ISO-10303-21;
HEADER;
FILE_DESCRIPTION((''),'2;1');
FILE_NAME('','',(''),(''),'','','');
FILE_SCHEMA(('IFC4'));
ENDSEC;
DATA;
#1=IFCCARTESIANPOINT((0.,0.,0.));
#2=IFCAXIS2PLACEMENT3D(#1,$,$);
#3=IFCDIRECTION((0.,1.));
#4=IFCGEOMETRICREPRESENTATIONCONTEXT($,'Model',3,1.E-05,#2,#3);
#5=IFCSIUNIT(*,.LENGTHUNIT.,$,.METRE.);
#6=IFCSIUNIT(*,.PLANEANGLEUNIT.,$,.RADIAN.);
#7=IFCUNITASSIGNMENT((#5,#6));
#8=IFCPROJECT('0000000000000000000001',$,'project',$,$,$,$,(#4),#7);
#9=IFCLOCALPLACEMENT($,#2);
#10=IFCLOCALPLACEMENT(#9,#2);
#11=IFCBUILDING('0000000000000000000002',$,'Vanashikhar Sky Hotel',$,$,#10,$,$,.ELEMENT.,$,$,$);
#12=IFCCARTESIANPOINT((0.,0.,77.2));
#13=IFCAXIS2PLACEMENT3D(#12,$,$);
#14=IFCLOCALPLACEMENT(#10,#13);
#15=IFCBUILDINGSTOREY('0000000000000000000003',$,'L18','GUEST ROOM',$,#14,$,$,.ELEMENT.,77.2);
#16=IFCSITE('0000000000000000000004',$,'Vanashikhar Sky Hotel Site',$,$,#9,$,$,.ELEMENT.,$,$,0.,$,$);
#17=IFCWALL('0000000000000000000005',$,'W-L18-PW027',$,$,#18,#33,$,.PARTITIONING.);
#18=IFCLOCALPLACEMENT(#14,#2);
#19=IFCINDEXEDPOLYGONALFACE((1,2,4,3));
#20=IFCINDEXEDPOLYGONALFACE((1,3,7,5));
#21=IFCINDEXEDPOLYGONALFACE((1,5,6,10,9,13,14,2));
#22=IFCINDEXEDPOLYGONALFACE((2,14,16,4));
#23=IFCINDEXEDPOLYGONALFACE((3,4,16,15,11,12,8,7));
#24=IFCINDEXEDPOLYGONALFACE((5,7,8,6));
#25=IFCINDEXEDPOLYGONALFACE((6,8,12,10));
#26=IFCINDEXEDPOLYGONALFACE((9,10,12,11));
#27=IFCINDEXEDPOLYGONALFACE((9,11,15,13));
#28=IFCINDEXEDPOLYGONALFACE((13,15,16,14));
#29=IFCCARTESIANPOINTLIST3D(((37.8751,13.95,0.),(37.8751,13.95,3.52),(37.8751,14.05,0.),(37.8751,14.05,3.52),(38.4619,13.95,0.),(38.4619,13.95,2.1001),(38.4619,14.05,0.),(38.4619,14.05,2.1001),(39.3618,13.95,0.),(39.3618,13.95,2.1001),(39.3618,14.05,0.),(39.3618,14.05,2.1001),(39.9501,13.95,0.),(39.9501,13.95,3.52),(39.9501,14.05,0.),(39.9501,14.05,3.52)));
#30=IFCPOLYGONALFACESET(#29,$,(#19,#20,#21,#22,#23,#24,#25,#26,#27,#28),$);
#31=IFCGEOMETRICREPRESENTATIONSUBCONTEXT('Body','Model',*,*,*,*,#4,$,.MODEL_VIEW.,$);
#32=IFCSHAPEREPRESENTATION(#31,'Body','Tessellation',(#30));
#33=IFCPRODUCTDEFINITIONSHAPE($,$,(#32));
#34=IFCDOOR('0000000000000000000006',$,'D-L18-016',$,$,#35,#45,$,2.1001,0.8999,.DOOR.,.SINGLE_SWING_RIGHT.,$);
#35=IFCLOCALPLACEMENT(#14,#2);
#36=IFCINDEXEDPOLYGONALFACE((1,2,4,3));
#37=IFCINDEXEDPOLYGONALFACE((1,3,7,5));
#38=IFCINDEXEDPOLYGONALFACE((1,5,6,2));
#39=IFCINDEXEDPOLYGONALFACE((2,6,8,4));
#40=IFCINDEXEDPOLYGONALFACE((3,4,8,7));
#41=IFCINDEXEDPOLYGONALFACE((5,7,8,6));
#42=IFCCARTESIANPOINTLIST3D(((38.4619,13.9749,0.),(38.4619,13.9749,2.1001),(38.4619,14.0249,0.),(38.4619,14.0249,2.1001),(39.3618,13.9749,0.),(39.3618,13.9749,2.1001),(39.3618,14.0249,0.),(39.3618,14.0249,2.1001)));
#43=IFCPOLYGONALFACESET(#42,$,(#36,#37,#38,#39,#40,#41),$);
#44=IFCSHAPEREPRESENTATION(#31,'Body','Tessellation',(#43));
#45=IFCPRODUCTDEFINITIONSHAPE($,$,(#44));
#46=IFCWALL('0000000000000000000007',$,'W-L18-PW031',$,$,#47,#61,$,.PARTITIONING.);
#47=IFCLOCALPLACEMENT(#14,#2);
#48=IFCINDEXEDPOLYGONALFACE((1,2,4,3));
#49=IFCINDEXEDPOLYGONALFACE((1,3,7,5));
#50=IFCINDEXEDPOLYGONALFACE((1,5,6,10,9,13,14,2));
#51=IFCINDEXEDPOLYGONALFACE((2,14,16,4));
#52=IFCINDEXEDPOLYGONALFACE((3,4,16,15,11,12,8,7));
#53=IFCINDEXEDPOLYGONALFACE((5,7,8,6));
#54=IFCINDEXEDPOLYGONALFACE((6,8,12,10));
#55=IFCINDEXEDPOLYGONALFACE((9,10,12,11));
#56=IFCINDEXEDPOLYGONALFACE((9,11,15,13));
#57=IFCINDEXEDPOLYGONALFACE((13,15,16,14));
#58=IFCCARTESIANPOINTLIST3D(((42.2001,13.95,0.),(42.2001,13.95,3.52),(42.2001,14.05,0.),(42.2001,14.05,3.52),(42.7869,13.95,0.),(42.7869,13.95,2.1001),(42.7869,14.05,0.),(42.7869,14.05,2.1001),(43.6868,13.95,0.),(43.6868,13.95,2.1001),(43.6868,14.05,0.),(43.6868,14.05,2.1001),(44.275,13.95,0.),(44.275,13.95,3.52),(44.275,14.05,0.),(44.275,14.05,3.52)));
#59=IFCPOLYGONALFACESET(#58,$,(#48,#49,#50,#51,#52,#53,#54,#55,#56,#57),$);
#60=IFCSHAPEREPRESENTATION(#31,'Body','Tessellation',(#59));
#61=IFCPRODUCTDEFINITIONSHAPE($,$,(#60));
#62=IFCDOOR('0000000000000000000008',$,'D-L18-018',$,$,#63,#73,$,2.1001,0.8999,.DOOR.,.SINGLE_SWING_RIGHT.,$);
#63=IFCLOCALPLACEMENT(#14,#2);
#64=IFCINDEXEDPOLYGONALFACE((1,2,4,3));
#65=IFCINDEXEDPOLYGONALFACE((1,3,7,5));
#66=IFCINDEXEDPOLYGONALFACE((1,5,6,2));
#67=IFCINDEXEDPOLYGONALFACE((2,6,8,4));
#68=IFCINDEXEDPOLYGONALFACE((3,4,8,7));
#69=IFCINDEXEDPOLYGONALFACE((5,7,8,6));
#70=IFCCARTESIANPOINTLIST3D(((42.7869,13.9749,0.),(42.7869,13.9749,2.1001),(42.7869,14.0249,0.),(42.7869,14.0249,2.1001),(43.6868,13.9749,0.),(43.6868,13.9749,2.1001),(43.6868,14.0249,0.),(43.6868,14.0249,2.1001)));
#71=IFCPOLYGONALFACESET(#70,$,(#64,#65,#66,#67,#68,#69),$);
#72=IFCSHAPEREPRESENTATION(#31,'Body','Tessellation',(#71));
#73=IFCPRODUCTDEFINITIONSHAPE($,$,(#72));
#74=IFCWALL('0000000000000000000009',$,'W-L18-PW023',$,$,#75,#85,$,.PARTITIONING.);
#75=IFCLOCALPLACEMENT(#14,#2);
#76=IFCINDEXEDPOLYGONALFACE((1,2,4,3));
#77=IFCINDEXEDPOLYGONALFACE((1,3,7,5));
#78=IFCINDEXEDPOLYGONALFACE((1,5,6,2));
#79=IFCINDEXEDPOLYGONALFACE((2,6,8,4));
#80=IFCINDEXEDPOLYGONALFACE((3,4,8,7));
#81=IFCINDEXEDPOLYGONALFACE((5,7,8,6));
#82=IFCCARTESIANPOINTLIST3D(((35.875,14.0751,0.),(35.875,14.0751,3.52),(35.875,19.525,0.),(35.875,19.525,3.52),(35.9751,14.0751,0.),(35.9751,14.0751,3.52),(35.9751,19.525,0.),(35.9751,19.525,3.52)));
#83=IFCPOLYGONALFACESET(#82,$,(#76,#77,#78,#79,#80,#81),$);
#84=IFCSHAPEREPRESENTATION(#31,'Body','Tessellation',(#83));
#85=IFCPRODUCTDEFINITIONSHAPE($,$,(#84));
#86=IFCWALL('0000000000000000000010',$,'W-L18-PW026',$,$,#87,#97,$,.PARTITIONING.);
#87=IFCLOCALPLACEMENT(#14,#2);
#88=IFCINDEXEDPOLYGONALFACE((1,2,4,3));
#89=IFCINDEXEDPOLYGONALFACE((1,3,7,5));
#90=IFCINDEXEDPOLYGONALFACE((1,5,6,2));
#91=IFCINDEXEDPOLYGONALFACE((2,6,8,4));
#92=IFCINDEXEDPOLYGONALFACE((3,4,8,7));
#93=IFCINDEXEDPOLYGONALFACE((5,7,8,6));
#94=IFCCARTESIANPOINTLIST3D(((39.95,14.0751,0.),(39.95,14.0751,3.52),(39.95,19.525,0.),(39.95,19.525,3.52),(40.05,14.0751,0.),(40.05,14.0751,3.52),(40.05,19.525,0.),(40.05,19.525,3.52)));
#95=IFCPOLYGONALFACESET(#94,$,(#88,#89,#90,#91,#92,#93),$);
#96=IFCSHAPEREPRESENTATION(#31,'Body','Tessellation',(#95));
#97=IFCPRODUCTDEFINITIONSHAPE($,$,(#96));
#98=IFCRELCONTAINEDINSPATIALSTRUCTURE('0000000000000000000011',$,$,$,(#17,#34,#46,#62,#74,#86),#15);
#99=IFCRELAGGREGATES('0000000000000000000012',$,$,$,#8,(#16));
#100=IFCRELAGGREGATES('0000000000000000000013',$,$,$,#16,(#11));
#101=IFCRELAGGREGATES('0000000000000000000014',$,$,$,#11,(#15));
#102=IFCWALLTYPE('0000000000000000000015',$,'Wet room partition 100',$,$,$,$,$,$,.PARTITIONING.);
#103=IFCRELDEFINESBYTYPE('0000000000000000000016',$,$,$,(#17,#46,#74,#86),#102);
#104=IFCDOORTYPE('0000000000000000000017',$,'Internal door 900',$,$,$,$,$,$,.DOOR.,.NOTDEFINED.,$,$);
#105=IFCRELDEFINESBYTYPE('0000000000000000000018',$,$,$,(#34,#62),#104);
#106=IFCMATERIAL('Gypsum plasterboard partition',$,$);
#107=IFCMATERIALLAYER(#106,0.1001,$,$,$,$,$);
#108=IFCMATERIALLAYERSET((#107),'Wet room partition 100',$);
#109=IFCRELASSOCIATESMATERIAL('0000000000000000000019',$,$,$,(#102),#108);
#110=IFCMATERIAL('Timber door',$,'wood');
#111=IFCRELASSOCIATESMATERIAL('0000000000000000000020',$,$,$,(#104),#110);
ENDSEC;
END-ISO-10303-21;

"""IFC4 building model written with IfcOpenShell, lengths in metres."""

from ifc_helpers import new_model, si_unit, direction, frame, frame_2d, origin, place, context, subcontext, project, spatial, rectangle, extrude, source, transform, mapped, material, layer, layer_set, type_object, element, fill, save


model = new_model("IFC4")

# Units and contexts
model_context = context("Model", 3, precision=1e-05, world=origin(), true_north=direction((0.0, 1.0)))
body_context = subcontext(model_context, "Body", "Model", "MODEL_VIEW")
ifc_project = project(units=[si_unit("LENGTHUNIT", "METRE"), si_unit("PLANEANGLEUNIT", "RADIAN")], contexts=[model_context])

# Site, building, storey
site_placement = place(None, origin())
site = spatial("IfcSite", under=ifc_project, at=site_placement, Name="Vanashikhar Sky Hotel Site", CompositionType="ELEMENT", RefElevation=0.0)
building_placement = place(site_placement, origin())
building = spatial("IfcBuilding", under=site, at=building_placement, Name="Vanashikhar Sky Hotel", CompositionType="ELEMENT")
storey_placement = place(building_placement, frame((0.0, 0.0, 77.2)))
storey = spatial("IfcBuildingStorey", under=building, at=storey_placement, Name="L18", Description="GUEST ROOM", CompositionType="ELEMENT", Elevation=77.2)

# Shared definitions
ifc_material_1 = material(Name="Gypsum plasterboard partition")

# Walls, openings, doors
ifc_layer_1 = layer(ifc_material_1, 0.1001)
ifc_layer_set_1 = layer_set([ifc_layer_1], Name="Wet room partition 100")
wall_type_1 = type_object("IfcWallType", Name="Wet room partition 100", PredefinedType="PARTITIONING", material=ifc_layer_set_1)
shared_shape_1 = source(origin(), body_context, "Body", "SweptSolid", [
    extrude(rectangle(XDim=2.075, YDim=0.1001, at=frame_2d((1.0376, 0.0))), origin(), (0.0, 0.0, 1.0), 3.52),
])
shared_shape_2 = source(origin(), body_context, "Body", "SweptSolid", [
    extrude(rectangle(XDim=0.8999, YDim=2.1001, at=frame_2d((0.45, 1.05))), frame((0.0, 0.0601, 0.0), z_axis=(0.0, -1.0, 0.0), x_axis=(1.0, 0.0, 0.0)), (0.0, 0.0, 1.0), 0.1201),
])
ifc_material_2 = material(Name="Timber door", Category="wood")
door_type_1 = type_object("IfcDoorType", Name="Internal door 900", OperationType="NOTDEFINED", PredefinedType="DOOR", material=ifc_material_2)
shared_shape_3 = source(origin(), body_context, "Body", "SweptSolid", [
    extrude(rectangle(XDim=0.8999, YDim=2.1001, at=frame_2d((0.45, 1.05))), frame((0.0, 0.0249, 0.0), z_axis=(0.0, -1.0, 0.0), x_axis=(1.0, 0.0, 0.0)), (0.0, 0.0, 1.0), 0.05),
])
wall_1_placement = place(storey_placement, frame((37.875, 14.0, 0.0), z_axis=(0.0, 0.0, 1.0), x_axis=(1.0, 0.0, 0.0)))
wall_1 = element("IfcWall", 1, at=wall_1_placement, inside=storey, type_object=wall_type_1, Name="W-L18-PW027", PredefinedType="PARTITIONING", context=body_context, shape_type="MappedRepresentation", body=[
    mapped(shared_shape_1, transform((0.0, 0.0, 0.0), scale=1.0)),
])
opening_1_placement = place(wall_1_placement, frame((0.5869, 0.0, 0.0)))
opening_1 = element("IfcOpeningElement", 2, at=opening_1_placement, cuts=wall_1, PredefinedType="OPENING", context=body_context, shape_type="MappedRepresentation", body=[
    mapped(shared_shape_2, transform((0.0, 0.0, 0.0), scale=1.0)),
])
door_1_placement = place(opening_1_placement, origin())
door_1 = element("IfcDoor", 3, at=door_1_placement, inside=storey, type_object=door_type_1, Name="D-L18-016", OperationType="SINGLE_SWING_RIGHT", OverallHeight=2.1001, OverallWidth=0.8999, PredefinedType="DOOR", context=body_context, shape_type="MappedRepresentation", body=[
    mapped(shared_shape_3, transform((0.0, 0.0, 0.0), scale=1.0)),
])
fill(opening_1, door_1)
wall_2_placement = place(storey_placement, frame((42.2, 14.0, 0.0), z_axis=(0.0, 0.0, 1.0), x_axis=(1.0, 0.0, 0.0)))
wall_2 = element("IfcWall", 4, at=wall_2_placement, inside=storey, type_object=wall_type_1, Name="W-L18-PW031", PredefinedType="PARTITIONING", context=body_context, shape_type="MappedRepresentation", body=[
    mapped(shared_shape_1, transform((0.0, 0.0, 0.0), scale=1.0)),
])
opening_2_placement = place(wall_2_placement, frame((0.5869, 0.0, 0.0)))
opening_2 = element("IfcOpeningElement", 5, at=opening_2_placement, cuts=wall_2, PredefinedType="OPENING", context=body_context, shape_type="MappedRepresentation", body=[
    mapped(shared_shape_2, transform((0.0, 0.0, 0.0), scale=1.0)),
])
door_2_placement = place(opening_2_placement, origin())
door_2 = element("IfcDoor", 6, at=door_2_placement, inside=storey, type_object=door_type_1, Name="D-L18-018", OperationType="SINGLE_SWING_RIGHT", OverallHeight=2.1001, OverallWidth=0.8999, PredefinedType="DOOR", context=body_context, shape_type="MappedRepresentation", body=[
    mapped(shared_shape_3, transform((0.0, 0.0, 0.0), scale=1.0)),
])
fill(opening_2, door_2)

# Walls
shared_shape_4 = source(origin(), body_context, "Body", "SweptSolid", [
    extrude(rectangle(XDim=5.45, YDim=0.1001, at=frame_2d((2.7251, 0.0))), origin(), (0.0, 0.0, 1.0), 3.52),
])
for number, where, z_axis, x_axis, name in (
    (7, (35.925, 14.075, 0.0), (0.0, 0.0, 1.0), (0.0, 1.0, 0.0), "W-L18-PW023"),
    (8, (40.0, 14.075, 0.0), (0.0, 0.0, 1.0), (0.0, 1.0, 0.0), "W-L18-PW026"),
):
    element("IfcWall", number, at=place(storey_placement, frame(where, z_axis=z_axis, x_axis=x_axis)), inside=storey, type_object=wall_type_1, Name=name, PredefinedType="PARTITIONING", context=body_context, shape_type="MappedRepresentation", body=[
        mapped(shared_shape_4, transform((0.0, 0.0, 0.0), scale=1.0)),
    ])

save(model, "model.ifc")
